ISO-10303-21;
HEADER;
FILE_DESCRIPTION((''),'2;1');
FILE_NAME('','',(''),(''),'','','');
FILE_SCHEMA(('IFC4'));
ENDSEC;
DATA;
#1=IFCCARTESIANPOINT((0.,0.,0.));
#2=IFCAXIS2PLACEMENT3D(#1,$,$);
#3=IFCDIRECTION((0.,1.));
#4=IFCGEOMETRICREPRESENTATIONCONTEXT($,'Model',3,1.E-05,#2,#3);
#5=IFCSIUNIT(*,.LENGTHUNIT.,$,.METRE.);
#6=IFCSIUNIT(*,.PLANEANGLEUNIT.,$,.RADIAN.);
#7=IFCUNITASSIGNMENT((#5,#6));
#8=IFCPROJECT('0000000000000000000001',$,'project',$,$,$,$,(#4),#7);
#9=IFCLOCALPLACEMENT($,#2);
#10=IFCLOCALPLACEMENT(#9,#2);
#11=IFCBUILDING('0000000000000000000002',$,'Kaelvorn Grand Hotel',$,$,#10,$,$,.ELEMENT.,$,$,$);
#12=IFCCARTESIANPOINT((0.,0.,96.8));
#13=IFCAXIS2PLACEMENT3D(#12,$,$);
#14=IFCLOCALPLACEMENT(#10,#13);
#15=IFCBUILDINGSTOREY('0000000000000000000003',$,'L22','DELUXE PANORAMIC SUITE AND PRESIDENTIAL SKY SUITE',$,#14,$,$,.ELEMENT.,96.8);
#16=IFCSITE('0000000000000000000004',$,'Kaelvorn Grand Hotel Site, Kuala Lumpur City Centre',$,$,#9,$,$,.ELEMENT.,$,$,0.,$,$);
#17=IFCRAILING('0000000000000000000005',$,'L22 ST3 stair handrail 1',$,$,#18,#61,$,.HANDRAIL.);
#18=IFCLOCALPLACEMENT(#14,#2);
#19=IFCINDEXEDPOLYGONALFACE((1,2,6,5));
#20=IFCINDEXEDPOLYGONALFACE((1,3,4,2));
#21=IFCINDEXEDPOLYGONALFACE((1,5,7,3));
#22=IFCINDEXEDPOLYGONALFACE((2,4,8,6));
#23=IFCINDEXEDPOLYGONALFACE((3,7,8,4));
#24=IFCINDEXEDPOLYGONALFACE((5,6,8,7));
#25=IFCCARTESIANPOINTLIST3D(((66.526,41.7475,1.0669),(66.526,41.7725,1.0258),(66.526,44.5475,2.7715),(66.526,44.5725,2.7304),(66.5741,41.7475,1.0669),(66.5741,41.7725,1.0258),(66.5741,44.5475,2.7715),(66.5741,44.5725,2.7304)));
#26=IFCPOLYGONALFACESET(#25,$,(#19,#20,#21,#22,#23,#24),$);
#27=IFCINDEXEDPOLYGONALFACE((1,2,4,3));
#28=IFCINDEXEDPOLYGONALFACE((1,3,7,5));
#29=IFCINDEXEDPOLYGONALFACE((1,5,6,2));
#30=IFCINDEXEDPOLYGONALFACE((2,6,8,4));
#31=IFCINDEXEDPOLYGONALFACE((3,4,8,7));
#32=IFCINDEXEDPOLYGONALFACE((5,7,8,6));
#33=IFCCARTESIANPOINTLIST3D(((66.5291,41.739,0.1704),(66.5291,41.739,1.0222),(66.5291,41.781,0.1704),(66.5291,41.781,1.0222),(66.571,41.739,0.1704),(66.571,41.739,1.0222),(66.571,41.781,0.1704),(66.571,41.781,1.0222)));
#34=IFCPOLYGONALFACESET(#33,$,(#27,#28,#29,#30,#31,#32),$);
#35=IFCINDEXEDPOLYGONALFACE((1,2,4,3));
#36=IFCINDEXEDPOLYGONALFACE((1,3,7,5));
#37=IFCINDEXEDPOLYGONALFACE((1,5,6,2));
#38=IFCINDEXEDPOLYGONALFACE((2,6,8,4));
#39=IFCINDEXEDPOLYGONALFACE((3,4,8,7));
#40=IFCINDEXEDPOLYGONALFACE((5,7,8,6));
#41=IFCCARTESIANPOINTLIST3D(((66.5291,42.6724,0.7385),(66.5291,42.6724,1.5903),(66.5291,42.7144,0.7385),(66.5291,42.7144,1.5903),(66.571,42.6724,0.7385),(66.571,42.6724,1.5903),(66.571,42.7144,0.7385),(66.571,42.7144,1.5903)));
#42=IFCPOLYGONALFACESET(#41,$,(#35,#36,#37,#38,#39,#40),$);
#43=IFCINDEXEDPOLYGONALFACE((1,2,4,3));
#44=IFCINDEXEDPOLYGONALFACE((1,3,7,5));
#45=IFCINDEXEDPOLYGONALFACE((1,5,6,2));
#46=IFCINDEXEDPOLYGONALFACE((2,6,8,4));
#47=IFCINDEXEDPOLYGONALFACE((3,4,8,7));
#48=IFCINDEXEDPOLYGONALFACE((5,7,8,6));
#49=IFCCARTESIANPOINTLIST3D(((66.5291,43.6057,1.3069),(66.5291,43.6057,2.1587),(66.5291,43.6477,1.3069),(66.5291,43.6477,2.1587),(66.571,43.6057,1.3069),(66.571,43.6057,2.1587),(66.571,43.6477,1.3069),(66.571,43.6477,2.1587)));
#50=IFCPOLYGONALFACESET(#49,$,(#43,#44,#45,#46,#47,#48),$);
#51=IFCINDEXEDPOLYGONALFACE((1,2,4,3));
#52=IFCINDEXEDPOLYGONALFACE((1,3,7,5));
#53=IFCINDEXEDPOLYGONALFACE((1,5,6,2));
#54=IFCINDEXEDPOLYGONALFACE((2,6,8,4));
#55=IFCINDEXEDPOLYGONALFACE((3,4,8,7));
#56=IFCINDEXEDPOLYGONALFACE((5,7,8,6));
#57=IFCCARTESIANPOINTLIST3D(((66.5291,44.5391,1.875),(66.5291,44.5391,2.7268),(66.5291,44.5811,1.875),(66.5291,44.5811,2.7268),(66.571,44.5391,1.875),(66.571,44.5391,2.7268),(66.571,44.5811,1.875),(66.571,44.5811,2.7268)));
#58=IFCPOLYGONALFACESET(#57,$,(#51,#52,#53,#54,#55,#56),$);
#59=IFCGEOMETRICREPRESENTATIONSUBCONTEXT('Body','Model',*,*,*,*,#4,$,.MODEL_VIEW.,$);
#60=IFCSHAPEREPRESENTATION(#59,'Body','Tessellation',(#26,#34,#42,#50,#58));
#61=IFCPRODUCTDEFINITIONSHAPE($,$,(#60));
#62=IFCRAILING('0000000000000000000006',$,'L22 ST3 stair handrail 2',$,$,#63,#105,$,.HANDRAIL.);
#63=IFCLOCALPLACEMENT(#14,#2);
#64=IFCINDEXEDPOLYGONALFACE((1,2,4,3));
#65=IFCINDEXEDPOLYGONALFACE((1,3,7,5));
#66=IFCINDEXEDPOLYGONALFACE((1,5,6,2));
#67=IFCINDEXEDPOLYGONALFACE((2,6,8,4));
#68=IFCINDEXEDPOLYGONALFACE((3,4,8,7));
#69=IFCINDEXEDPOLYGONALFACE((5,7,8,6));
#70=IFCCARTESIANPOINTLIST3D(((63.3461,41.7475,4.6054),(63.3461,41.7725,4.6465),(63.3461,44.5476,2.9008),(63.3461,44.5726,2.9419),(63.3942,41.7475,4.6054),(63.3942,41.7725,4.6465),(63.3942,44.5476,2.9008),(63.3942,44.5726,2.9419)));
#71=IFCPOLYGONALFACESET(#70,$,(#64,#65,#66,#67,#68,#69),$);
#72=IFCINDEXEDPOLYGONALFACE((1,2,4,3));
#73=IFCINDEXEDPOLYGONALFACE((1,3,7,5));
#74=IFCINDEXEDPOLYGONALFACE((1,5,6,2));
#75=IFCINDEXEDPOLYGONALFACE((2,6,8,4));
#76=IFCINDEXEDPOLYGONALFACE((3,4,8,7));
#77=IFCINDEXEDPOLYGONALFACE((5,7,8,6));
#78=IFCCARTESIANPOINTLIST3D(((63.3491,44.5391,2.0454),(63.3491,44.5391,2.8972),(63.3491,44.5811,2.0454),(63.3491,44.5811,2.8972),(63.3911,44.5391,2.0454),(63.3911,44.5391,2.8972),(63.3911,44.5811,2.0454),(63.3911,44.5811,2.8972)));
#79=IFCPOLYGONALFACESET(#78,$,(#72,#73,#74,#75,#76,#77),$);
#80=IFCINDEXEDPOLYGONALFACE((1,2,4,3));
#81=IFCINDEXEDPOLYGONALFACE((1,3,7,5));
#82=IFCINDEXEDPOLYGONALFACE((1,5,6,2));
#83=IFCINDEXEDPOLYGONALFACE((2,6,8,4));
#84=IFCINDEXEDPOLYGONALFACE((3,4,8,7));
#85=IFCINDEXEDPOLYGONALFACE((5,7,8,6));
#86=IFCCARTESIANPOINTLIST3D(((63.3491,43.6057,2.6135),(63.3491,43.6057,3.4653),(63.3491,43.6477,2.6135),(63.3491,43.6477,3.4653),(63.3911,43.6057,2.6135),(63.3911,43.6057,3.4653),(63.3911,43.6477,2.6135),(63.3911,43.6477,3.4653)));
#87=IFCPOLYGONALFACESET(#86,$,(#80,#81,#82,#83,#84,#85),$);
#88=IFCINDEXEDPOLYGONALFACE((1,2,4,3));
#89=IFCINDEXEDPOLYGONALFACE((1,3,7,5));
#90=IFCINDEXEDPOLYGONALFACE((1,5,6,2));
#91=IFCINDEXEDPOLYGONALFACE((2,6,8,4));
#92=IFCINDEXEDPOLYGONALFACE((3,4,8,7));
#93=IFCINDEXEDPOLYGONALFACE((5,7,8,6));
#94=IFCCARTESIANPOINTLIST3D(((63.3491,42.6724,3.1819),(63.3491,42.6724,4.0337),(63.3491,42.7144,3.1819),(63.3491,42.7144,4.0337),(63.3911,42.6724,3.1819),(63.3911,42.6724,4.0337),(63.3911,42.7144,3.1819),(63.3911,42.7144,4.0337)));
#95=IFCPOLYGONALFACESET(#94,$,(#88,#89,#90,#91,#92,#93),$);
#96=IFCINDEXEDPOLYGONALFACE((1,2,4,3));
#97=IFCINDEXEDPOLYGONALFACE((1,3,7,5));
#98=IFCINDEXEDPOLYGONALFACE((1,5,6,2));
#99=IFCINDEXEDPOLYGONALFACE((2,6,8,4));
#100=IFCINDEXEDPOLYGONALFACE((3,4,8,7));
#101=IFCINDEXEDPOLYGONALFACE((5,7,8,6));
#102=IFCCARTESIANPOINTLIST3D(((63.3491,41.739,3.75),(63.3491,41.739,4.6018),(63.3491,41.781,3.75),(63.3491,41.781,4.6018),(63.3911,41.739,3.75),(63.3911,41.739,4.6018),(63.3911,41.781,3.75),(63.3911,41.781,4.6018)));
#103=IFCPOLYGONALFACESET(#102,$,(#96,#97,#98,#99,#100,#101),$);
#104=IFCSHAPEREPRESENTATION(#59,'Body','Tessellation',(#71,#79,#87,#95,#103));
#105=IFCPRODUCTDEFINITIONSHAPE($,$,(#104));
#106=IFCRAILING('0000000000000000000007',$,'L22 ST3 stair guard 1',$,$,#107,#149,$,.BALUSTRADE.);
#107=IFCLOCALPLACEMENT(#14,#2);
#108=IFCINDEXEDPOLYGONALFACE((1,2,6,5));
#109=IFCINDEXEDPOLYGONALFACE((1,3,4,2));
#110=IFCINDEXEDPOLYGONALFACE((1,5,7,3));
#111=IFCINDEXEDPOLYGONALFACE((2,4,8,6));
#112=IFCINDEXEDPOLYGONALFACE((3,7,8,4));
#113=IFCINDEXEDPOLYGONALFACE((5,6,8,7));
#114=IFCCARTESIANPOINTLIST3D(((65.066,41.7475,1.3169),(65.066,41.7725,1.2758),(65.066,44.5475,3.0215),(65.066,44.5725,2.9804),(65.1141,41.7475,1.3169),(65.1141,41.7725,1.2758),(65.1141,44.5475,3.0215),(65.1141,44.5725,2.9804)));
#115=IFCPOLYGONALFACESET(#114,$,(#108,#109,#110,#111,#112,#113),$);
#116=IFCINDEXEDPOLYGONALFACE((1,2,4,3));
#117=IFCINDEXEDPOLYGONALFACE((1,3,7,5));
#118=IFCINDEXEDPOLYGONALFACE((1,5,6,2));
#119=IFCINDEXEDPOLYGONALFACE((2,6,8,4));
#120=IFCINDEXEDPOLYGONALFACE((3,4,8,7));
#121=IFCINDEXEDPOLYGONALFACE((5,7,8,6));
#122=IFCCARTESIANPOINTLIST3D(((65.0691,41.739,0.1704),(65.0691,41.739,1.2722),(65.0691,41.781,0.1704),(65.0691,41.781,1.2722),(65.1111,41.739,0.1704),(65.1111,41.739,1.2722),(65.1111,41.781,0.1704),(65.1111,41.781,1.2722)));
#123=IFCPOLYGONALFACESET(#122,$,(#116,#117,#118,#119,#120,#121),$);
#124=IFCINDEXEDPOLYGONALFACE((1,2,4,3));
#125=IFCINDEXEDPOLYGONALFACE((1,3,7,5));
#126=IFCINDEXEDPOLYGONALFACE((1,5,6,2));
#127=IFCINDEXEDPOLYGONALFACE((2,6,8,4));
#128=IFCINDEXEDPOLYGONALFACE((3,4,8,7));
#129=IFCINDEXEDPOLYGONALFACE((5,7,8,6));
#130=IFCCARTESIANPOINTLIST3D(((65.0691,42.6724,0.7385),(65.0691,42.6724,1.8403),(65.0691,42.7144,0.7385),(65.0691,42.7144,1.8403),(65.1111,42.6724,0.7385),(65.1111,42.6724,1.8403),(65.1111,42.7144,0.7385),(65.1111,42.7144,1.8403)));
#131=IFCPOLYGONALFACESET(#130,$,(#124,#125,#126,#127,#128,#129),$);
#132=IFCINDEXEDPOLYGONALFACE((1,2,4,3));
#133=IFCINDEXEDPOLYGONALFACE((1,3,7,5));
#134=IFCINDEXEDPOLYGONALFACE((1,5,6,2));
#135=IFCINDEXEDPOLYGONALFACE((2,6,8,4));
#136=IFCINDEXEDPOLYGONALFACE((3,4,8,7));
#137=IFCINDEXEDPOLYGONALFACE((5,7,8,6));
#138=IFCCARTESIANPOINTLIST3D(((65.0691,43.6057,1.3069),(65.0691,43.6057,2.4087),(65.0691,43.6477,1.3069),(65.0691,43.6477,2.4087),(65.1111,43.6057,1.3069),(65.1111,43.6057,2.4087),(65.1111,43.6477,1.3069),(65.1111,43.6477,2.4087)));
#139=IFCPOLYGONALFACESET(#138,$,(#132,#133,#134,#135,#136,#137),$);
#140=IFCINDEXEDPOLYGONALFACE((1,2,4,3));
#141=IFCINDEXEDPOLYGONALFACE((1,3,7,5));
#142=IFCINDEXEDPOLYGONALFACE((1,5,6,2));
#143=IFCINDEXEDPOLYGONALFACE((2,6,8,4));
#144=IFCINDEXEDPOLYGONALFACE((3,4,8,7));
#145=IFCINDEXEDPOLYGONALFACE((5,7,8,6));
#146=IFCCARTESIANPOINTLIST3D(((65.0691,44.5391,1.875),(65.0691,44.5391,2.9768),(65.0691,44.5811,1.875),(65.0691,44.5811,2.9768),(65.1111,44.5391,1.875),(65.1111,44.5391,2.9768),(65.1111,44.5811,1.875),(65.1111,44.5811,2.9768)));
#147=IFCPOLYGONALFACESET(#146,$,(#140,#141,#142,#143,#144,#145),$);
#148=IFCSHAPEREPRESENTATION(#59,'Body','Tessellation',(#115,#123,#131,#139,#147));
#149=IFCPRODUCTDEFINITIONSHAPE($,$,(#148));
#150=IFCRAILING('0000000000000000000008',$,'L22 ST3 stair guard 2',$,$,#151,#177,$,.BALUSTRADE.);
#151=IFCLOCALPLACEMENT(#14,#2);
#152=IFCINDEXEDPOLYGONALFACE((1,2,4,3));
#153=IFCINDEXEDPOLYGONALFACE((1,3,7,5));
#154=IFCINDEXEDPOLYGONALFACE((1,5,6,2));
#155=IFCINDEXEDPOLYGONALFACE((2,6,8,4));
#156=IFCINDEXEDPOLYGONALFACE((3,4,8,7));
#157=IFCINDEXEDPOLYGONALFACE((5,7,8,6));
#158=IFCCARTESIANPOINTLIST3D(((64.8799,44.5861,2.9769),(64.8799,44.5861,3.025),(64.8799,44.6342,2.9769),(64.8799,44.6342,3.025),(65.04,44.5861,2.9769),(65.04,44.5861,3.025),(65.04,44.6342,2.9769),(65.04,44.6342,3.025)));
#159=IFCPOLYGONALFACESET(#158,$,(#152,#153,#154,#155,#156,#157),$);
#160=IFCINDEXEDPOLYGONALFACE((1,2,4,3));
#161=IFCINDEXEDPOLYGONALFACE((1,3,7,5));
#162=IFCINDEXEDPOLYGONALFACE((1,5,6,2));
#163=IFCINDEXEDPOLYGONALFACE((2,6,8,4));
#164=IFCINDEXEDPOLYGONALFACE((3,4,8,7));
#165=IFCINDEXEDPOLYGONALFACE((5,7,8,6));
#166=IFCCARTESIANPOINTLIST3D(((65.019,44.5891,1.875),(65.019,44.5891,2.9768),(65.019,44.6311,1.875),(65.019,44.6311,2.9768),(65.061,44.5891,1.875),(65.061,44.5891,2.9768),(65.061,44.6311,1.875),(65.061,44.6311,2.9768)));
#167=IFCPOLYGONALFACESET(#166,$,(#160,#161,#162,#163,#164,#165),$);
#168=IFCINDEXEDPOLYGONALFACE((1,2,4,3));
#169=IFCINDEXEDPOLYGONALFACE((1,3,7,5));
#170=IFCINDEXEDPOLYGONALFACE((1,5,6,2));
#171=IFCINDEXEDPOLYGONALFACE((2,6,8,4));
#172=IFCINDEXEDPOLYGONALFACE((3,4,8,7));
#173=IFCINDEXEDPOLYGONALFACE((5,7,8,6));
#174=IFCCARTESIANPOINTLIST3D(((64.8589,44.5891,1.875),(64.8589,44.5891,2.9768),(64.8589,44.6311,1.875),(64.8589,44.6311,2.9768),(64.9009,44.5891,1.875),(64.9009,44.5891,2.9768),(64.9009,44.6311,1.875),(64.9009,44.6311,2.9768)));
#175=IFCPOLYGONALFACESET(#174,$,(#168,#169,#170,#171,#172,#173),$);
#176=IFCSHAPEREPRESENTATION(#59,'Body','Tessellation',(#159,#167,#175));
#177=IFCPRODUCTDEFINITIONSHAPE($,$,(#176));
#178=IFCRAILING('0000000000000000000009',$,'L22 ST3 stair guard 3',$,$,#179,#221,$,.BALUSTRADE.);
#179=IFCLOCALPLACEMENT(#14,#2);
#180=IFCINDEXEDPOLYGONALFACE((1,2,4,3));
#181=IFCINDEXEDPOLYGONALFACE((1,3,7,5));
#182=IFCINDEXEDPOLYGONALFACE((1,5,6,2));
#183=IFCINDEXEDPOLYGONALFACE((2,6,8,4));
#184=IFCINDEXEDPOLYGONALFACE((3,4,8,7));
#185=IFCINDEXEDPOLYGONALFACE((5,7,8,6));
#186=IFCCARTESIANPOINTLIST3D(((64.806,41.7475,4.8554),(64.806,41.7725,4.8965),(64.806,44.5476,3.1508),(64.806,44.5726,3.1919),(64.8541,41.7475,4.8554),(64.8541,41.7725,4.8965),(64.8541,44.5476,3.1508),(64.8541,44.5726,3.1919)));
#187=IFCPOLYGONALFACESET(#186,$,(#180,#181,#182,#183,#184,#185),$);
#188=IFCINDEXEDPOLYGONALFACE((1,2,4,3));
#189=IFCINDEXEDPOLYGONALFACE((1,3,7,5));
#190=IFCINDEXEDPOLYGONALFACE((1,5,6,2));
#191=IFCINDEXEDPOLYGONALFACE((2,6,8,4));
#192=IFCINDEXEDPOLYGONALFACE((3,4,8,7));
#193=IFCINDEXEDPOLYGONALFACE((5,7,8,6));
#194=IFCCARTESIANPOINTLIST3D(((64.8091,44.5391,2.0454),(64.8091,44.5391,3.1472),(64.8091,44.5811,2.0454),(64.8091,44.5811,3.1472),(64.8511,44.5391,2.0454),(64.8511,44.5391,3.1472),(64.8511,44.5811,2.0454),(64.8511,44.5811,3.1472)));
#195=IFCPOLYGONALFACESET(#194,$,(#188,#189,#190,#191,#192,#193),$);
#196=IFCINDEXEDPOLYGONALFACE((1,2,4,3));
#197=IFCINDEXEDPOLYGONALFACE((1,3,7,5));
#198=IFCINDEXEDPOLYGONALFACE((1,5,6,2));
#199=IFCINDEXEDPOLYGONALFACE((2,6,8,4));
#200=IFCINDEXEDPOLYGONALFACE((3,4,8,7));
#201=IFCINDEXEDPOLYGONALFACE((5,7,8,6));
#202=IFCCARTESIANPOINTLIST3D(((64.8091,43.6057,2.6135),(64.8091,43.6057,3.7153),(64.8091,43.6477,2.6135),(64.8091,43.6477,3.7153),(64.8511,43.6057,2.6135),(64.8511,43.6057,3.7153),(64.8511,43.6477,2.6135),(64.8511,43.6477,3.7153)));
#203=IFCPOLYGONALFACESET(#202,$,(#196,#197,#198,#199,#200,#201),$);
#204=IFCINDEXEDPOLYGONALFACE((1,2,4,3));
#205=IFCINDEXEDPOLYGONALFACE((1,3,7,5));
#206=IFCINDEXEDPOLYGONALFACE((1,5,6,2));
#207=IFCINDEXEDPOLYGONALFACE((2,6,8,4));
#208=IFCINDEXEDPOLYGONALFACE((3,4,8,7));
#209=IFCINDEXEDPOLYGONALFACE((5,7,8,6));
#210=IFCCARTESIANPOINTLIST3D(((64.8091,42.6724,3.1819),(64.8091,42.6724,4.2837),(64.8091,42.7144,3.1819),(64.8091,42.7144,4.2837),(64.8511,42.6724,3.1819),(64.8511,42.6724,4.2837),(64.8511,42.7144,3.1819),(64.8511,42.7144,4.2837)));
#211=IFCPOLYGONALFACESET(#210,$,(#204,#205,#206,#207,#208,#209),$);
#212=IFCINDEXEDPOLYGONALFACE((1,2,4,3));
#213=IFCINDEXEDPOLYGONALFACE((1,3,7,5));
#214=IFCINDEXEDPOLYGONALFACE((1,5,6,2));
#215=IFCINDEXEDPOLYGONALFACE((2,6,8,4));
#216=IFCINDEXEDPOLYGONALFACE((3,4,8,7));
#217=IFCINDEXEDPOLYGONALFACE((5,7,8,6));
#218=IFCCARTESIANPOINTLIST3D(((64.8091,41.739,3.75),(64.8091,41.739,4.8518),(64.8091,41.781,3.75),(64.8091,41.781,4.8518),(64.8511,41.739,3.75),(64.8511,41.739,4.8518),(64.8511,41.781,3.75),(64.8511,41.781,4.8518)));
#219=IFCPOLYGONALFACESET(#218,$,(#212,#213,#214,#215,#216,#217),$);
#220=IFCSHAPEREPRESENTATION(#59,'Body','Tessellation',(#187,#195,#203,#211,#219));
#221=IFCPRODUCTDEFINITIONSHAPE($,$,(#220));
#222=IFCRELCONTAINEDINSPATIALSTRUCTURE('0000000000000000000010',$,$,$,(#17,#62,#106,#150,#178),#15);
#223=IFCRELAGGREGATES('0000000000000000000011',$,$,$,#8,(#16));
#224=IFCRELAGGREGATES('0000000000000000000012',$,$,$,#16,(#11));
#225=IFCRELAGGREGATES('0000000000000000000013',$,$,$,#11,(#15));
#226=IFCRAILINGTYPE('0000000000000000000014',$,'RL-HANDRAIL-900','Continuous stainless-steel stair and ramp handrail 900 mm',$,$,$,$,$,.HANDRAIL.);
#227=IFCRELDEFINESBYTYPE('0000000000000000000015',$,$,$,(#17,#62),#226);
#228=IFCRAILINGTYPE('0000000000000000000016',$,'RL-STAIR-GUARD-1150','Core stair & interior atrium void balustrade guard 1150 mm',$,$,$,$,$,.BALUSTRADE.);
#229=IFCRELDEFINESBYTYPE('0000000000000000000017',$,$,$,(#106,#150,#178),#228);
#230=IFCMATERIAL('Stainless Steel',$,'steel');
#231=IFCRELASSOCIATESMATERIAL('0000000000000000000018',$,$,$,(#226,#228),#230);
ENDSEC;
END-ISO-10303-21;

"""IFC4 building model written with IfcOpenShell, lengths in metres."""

from ifc_helpers import new_model, si_unit, direction, frame, origin, origin_2d, place, context, subcontext, project, spatial, rectangle, extrude, material, type_object, element, save


model = new_model("IFC4")

# Units and contexts
model_context = context("Model", 3, precision=1e-05, world=origin(), true_north=direction((0.0, 1.0)))
body_context = subcontext(model_context, "Body", "Model", "MODEL_VIEW")
ifc_project = project(units=[si_unit("LENGTHUNIT", "METRE"), si_unit("PLANEANGLEUNIT", "RADIAN")], contexts=[model_context])

# Site, building, storey
site_placement = place(None, origin())
site = spatial("IfcSite", under=ifc_project, at=site_placement, Name="Kaelvorn Grand Hotel Site, Kuala Lumpur City Centre", CompositionType="ELEMENT", RefElevation=0.0)
building_placement = place(site_placement, origin())
building = spatial("IfcBuilding", under=site, at=building_placement, Name="Kaelvorn Grand Hotel", CompositionType="ELEMENT")
storey_placement = place(building_placement, frame((0.0, 0.0, 96.8)))
storey = spatial("IfcBuildingStorey", under=building, at=storey_placement, Name="L22", Description="DELUXE PANORAMIC SUITE AND PRESIDENTIAL SKY SUITE", CompositionType="ELEMENT", Elevation=96.8)

# Shared definitions
ifc_material_1 = material(Name="Stainless Steel", Category="steel")

# Railings
railing_type_1 = type_object("IfcRailingType", Name="RL-HANDRAIL-900", Description="Continuous stainless-steel stair and ramp handrail 900 mm", PredefinedType="HANDRAIL", material=ifc_material_1)
railing_1_placement = place(storey_placement, frame((66.55, 41.76, 0.1704)))
element("IfcRailing", 1, at=railing_1_placement, inside=storey, type_object=railing_type_1, Name="L22 ST3 stair handrail 1", PredefinedType="HANDRAIL", context=body_context, shape_type="SweptSolid", body=[
    extrude(rectangle(XDim=0.0481, YDim=0.0481, at=origin_2d()), frame((0.0, 0.0, 0.876), z_axis=(0.0, 0.85417, 0.519994), x_axis=(-1.0, 0.0, 0.0)), (0.0, 0.0, 1.0), 3.2781),
    extrude(rectangle(XDim=0.042, YDim=0.042, at=origin_2d()), origin(), (0.0, 0.0, 1.0), 0.8518),
    extrude(rectangle(XDim=0.042, YDim=0.042, at=origin_2d()), frame((0.0, 0.9333, 0.5681)), (0.0, 0.0, 1.0), 0.8518),
    extrude(rectangle(XDim=0.042, YDim=0.042, at=origin_2d()), frame((0.0, 1.8667, 1.1365)), (0.0, 0.0, 1.0), 0.8518),
    extrude(rectangle(XDim=0.042, YDim=0.042, at=origin_2d()), frame((0.0, 2.8, 1.7046)), (0.0, 0.0, 1.0), 0.8518),
])
railing_2_placement = place(storey_placement, frame((63.3701, 44.5601, 2.0454)))
element("IfcRailing", 2, at=railing_2_placement, inside=storey, type_object=railing_type_1, Name="L22 ST3 stair handrail 2", PredefinedType="HANDRAIL", context=body_context, shape_type="SweptSolid", body=[
    extrude(rectangle(XDim=0.0481, YDim=0.0481, at=origin_2d()), frame((0.0, 0.0, 0.876), z_axis=(0.0, -0.85417, 0.519994), x_axis=(1.0, 0.0, 0.0)), (0.0, 0.0, 1.0), 3.2781),
    extrude(rectangle(XDim=0.042, YDim=0.042, at=origin_2d()), origin(), (0.0, 0.0, 1.0), 0.8518),
    extrude(rectangle(XDim=0.042, YDim=0.042, at=origin_2d()), frame((0.0, -0.9333, 0.5681)), (0.0, 0.0, 1.0), 0.8518),
    extrude(rectangle(XDim=0.042, YDim=0.042, at=origin_2d()), frame((0.0, -1.8667, 1.1365)), (0.0, 0.0, 1.0), 0.8518),
    extrude(rectangle(XDim=0.042, YDim=0.042, at=origin_2d()), frame((0.0, -2.8, 1.7046)), (0.0, 0.0, 1.0), 0.8518),
])
railing_type_2 = type_object("IfcRailingType", Name="RL-STAIR-GUARD-1150", Description="Core stair & interior atrium void balustrade guard 1150 mm", PredefinedType="BALUSTRADE", material=ifc_material_1)
railing_3_placement = place(storey_placement, frame((65.0901, 41.76, 0.1704)))
element("IfcRailing", 3, at=railing_3_placement, inside=storey, type_object=railing_type_2, Name="L22 ST3 stair guard 1", PredefinedType="BALUSTRADE", context=body_context, shape_type="SweptSolid", body=[
    extrude(rectangle(XDim=0.0481, YDim=0.0481, at=origin_2d()), frame((0.0, 0.0, 1.126), z_axis=(0.0, 0.85417, 0.519994), x_axis=(-1.0, 0.0, 0.0)), (0.0, 0.0, 1.0), 3.2781),
    extrude(rectangle(XDim=0.042, YDim=0.042, at=origin_2d()), origin(), (0.0, 0.0, 1.0), 1.1018),
    extrude(rectangle(XDim=0.042, YDim=0.042, at=origin_2d()), frame((0.0, 0.9333, 0.5681)), (0.0, 0.0, 1.0), 1.1018),
    extrude(rectangle(XDim=0.042, YDim=0.042, at=origin_2d()), frame((0.0, 1.8667, 1.1365)), (0.0, 0.0, 1.0), 1.1018),
    extrude(rectangle(XDim=0.042, YDim=0.042, at=origin_2d()), frame((0.0, 2.8, 1.7046)), (0.0, 0.0, 1.0), 1.1018),
])
railing_4_placement = place(storey_placement, frame((65.04, 44.6101, 1.875)))
element("IfcRailing", 4, at=railing_4_placement, inside=storey, type_object=railing_type_2, Name="L22 ST3 stair guard 2", PredefinedType="BALUSTRADE", context=body_context, shape_type="SweptSolid", body=[
    extrude(rectangle(XDim=0.0481, YDim=0.0481, at=origin_2d()), frame((0.0, 0.0, 1.126), z_axis=(-1.0, 0.0, 0.0), x_axis=(0.0, -1.0, 0.0)), (0.0, 0.0, 1.0), 0.1602),
    extrude(rectangle(XDim=0.042, YDim=0.042, at=origin_2d()), origin(), (0.0, 0.0, 1.0), 1.1018),
    extrude(rectangle(XDim=0.042, YDim=0.042, at=origin_2d()), frame((-0.1602, 0.0, 0.0)), (0.0, 0.0, 1.0), 1.1018),
])
railing_5_placement = place(storey_placement, frame((64.8301, 44.5601, 2.0454)))
element("IfcRailing", 5, at=railing_5_placement, inside=storey, type_object=railing_type_2, Name="L22 ST3 stair guard 3", PredefinedType="BALUSTRADE", context=body_context, shape_type="SweptSolid", body=[
    extrude(rectangle(XDim=0.0481, YDim=0.0481, at=origin_2d()), frame((0.0, 0.0, 1.126), z_axis=(0.0, -0.85417, 0.519994), x_axis=(1.0, 0.0, 0.0)), (0.0, 0.0, 1.0), 3.2781),
    extrude(rectangle(XDim=0.042, YDim=0.042, at=origin_2d()), origin(), (0.0, 0.0, 1.0), 1.1018),
    extrude(rectangle(XDim=0.042, YDim=0.042, at=origin_2d()), frame((0.0, -0.9333, 0.5681)), (0.0, 0.0, 1.0), 1.1018),
    extrude(rectangle(XDim=0.042, YDim=0.042, at=origin_2d()), frame((0.0, -1.8667, 1.1365)), (0.0, 0.0, 1.0), 1.1018),
    extrude(rectangle(XDim=0.042, YDim=0.042, at=origin_2d()), frame((0.0, -2.8, 1.7046)), (0.0, 0.0, 1.0), 1.1018),
])

save(model, "model.ifc")
